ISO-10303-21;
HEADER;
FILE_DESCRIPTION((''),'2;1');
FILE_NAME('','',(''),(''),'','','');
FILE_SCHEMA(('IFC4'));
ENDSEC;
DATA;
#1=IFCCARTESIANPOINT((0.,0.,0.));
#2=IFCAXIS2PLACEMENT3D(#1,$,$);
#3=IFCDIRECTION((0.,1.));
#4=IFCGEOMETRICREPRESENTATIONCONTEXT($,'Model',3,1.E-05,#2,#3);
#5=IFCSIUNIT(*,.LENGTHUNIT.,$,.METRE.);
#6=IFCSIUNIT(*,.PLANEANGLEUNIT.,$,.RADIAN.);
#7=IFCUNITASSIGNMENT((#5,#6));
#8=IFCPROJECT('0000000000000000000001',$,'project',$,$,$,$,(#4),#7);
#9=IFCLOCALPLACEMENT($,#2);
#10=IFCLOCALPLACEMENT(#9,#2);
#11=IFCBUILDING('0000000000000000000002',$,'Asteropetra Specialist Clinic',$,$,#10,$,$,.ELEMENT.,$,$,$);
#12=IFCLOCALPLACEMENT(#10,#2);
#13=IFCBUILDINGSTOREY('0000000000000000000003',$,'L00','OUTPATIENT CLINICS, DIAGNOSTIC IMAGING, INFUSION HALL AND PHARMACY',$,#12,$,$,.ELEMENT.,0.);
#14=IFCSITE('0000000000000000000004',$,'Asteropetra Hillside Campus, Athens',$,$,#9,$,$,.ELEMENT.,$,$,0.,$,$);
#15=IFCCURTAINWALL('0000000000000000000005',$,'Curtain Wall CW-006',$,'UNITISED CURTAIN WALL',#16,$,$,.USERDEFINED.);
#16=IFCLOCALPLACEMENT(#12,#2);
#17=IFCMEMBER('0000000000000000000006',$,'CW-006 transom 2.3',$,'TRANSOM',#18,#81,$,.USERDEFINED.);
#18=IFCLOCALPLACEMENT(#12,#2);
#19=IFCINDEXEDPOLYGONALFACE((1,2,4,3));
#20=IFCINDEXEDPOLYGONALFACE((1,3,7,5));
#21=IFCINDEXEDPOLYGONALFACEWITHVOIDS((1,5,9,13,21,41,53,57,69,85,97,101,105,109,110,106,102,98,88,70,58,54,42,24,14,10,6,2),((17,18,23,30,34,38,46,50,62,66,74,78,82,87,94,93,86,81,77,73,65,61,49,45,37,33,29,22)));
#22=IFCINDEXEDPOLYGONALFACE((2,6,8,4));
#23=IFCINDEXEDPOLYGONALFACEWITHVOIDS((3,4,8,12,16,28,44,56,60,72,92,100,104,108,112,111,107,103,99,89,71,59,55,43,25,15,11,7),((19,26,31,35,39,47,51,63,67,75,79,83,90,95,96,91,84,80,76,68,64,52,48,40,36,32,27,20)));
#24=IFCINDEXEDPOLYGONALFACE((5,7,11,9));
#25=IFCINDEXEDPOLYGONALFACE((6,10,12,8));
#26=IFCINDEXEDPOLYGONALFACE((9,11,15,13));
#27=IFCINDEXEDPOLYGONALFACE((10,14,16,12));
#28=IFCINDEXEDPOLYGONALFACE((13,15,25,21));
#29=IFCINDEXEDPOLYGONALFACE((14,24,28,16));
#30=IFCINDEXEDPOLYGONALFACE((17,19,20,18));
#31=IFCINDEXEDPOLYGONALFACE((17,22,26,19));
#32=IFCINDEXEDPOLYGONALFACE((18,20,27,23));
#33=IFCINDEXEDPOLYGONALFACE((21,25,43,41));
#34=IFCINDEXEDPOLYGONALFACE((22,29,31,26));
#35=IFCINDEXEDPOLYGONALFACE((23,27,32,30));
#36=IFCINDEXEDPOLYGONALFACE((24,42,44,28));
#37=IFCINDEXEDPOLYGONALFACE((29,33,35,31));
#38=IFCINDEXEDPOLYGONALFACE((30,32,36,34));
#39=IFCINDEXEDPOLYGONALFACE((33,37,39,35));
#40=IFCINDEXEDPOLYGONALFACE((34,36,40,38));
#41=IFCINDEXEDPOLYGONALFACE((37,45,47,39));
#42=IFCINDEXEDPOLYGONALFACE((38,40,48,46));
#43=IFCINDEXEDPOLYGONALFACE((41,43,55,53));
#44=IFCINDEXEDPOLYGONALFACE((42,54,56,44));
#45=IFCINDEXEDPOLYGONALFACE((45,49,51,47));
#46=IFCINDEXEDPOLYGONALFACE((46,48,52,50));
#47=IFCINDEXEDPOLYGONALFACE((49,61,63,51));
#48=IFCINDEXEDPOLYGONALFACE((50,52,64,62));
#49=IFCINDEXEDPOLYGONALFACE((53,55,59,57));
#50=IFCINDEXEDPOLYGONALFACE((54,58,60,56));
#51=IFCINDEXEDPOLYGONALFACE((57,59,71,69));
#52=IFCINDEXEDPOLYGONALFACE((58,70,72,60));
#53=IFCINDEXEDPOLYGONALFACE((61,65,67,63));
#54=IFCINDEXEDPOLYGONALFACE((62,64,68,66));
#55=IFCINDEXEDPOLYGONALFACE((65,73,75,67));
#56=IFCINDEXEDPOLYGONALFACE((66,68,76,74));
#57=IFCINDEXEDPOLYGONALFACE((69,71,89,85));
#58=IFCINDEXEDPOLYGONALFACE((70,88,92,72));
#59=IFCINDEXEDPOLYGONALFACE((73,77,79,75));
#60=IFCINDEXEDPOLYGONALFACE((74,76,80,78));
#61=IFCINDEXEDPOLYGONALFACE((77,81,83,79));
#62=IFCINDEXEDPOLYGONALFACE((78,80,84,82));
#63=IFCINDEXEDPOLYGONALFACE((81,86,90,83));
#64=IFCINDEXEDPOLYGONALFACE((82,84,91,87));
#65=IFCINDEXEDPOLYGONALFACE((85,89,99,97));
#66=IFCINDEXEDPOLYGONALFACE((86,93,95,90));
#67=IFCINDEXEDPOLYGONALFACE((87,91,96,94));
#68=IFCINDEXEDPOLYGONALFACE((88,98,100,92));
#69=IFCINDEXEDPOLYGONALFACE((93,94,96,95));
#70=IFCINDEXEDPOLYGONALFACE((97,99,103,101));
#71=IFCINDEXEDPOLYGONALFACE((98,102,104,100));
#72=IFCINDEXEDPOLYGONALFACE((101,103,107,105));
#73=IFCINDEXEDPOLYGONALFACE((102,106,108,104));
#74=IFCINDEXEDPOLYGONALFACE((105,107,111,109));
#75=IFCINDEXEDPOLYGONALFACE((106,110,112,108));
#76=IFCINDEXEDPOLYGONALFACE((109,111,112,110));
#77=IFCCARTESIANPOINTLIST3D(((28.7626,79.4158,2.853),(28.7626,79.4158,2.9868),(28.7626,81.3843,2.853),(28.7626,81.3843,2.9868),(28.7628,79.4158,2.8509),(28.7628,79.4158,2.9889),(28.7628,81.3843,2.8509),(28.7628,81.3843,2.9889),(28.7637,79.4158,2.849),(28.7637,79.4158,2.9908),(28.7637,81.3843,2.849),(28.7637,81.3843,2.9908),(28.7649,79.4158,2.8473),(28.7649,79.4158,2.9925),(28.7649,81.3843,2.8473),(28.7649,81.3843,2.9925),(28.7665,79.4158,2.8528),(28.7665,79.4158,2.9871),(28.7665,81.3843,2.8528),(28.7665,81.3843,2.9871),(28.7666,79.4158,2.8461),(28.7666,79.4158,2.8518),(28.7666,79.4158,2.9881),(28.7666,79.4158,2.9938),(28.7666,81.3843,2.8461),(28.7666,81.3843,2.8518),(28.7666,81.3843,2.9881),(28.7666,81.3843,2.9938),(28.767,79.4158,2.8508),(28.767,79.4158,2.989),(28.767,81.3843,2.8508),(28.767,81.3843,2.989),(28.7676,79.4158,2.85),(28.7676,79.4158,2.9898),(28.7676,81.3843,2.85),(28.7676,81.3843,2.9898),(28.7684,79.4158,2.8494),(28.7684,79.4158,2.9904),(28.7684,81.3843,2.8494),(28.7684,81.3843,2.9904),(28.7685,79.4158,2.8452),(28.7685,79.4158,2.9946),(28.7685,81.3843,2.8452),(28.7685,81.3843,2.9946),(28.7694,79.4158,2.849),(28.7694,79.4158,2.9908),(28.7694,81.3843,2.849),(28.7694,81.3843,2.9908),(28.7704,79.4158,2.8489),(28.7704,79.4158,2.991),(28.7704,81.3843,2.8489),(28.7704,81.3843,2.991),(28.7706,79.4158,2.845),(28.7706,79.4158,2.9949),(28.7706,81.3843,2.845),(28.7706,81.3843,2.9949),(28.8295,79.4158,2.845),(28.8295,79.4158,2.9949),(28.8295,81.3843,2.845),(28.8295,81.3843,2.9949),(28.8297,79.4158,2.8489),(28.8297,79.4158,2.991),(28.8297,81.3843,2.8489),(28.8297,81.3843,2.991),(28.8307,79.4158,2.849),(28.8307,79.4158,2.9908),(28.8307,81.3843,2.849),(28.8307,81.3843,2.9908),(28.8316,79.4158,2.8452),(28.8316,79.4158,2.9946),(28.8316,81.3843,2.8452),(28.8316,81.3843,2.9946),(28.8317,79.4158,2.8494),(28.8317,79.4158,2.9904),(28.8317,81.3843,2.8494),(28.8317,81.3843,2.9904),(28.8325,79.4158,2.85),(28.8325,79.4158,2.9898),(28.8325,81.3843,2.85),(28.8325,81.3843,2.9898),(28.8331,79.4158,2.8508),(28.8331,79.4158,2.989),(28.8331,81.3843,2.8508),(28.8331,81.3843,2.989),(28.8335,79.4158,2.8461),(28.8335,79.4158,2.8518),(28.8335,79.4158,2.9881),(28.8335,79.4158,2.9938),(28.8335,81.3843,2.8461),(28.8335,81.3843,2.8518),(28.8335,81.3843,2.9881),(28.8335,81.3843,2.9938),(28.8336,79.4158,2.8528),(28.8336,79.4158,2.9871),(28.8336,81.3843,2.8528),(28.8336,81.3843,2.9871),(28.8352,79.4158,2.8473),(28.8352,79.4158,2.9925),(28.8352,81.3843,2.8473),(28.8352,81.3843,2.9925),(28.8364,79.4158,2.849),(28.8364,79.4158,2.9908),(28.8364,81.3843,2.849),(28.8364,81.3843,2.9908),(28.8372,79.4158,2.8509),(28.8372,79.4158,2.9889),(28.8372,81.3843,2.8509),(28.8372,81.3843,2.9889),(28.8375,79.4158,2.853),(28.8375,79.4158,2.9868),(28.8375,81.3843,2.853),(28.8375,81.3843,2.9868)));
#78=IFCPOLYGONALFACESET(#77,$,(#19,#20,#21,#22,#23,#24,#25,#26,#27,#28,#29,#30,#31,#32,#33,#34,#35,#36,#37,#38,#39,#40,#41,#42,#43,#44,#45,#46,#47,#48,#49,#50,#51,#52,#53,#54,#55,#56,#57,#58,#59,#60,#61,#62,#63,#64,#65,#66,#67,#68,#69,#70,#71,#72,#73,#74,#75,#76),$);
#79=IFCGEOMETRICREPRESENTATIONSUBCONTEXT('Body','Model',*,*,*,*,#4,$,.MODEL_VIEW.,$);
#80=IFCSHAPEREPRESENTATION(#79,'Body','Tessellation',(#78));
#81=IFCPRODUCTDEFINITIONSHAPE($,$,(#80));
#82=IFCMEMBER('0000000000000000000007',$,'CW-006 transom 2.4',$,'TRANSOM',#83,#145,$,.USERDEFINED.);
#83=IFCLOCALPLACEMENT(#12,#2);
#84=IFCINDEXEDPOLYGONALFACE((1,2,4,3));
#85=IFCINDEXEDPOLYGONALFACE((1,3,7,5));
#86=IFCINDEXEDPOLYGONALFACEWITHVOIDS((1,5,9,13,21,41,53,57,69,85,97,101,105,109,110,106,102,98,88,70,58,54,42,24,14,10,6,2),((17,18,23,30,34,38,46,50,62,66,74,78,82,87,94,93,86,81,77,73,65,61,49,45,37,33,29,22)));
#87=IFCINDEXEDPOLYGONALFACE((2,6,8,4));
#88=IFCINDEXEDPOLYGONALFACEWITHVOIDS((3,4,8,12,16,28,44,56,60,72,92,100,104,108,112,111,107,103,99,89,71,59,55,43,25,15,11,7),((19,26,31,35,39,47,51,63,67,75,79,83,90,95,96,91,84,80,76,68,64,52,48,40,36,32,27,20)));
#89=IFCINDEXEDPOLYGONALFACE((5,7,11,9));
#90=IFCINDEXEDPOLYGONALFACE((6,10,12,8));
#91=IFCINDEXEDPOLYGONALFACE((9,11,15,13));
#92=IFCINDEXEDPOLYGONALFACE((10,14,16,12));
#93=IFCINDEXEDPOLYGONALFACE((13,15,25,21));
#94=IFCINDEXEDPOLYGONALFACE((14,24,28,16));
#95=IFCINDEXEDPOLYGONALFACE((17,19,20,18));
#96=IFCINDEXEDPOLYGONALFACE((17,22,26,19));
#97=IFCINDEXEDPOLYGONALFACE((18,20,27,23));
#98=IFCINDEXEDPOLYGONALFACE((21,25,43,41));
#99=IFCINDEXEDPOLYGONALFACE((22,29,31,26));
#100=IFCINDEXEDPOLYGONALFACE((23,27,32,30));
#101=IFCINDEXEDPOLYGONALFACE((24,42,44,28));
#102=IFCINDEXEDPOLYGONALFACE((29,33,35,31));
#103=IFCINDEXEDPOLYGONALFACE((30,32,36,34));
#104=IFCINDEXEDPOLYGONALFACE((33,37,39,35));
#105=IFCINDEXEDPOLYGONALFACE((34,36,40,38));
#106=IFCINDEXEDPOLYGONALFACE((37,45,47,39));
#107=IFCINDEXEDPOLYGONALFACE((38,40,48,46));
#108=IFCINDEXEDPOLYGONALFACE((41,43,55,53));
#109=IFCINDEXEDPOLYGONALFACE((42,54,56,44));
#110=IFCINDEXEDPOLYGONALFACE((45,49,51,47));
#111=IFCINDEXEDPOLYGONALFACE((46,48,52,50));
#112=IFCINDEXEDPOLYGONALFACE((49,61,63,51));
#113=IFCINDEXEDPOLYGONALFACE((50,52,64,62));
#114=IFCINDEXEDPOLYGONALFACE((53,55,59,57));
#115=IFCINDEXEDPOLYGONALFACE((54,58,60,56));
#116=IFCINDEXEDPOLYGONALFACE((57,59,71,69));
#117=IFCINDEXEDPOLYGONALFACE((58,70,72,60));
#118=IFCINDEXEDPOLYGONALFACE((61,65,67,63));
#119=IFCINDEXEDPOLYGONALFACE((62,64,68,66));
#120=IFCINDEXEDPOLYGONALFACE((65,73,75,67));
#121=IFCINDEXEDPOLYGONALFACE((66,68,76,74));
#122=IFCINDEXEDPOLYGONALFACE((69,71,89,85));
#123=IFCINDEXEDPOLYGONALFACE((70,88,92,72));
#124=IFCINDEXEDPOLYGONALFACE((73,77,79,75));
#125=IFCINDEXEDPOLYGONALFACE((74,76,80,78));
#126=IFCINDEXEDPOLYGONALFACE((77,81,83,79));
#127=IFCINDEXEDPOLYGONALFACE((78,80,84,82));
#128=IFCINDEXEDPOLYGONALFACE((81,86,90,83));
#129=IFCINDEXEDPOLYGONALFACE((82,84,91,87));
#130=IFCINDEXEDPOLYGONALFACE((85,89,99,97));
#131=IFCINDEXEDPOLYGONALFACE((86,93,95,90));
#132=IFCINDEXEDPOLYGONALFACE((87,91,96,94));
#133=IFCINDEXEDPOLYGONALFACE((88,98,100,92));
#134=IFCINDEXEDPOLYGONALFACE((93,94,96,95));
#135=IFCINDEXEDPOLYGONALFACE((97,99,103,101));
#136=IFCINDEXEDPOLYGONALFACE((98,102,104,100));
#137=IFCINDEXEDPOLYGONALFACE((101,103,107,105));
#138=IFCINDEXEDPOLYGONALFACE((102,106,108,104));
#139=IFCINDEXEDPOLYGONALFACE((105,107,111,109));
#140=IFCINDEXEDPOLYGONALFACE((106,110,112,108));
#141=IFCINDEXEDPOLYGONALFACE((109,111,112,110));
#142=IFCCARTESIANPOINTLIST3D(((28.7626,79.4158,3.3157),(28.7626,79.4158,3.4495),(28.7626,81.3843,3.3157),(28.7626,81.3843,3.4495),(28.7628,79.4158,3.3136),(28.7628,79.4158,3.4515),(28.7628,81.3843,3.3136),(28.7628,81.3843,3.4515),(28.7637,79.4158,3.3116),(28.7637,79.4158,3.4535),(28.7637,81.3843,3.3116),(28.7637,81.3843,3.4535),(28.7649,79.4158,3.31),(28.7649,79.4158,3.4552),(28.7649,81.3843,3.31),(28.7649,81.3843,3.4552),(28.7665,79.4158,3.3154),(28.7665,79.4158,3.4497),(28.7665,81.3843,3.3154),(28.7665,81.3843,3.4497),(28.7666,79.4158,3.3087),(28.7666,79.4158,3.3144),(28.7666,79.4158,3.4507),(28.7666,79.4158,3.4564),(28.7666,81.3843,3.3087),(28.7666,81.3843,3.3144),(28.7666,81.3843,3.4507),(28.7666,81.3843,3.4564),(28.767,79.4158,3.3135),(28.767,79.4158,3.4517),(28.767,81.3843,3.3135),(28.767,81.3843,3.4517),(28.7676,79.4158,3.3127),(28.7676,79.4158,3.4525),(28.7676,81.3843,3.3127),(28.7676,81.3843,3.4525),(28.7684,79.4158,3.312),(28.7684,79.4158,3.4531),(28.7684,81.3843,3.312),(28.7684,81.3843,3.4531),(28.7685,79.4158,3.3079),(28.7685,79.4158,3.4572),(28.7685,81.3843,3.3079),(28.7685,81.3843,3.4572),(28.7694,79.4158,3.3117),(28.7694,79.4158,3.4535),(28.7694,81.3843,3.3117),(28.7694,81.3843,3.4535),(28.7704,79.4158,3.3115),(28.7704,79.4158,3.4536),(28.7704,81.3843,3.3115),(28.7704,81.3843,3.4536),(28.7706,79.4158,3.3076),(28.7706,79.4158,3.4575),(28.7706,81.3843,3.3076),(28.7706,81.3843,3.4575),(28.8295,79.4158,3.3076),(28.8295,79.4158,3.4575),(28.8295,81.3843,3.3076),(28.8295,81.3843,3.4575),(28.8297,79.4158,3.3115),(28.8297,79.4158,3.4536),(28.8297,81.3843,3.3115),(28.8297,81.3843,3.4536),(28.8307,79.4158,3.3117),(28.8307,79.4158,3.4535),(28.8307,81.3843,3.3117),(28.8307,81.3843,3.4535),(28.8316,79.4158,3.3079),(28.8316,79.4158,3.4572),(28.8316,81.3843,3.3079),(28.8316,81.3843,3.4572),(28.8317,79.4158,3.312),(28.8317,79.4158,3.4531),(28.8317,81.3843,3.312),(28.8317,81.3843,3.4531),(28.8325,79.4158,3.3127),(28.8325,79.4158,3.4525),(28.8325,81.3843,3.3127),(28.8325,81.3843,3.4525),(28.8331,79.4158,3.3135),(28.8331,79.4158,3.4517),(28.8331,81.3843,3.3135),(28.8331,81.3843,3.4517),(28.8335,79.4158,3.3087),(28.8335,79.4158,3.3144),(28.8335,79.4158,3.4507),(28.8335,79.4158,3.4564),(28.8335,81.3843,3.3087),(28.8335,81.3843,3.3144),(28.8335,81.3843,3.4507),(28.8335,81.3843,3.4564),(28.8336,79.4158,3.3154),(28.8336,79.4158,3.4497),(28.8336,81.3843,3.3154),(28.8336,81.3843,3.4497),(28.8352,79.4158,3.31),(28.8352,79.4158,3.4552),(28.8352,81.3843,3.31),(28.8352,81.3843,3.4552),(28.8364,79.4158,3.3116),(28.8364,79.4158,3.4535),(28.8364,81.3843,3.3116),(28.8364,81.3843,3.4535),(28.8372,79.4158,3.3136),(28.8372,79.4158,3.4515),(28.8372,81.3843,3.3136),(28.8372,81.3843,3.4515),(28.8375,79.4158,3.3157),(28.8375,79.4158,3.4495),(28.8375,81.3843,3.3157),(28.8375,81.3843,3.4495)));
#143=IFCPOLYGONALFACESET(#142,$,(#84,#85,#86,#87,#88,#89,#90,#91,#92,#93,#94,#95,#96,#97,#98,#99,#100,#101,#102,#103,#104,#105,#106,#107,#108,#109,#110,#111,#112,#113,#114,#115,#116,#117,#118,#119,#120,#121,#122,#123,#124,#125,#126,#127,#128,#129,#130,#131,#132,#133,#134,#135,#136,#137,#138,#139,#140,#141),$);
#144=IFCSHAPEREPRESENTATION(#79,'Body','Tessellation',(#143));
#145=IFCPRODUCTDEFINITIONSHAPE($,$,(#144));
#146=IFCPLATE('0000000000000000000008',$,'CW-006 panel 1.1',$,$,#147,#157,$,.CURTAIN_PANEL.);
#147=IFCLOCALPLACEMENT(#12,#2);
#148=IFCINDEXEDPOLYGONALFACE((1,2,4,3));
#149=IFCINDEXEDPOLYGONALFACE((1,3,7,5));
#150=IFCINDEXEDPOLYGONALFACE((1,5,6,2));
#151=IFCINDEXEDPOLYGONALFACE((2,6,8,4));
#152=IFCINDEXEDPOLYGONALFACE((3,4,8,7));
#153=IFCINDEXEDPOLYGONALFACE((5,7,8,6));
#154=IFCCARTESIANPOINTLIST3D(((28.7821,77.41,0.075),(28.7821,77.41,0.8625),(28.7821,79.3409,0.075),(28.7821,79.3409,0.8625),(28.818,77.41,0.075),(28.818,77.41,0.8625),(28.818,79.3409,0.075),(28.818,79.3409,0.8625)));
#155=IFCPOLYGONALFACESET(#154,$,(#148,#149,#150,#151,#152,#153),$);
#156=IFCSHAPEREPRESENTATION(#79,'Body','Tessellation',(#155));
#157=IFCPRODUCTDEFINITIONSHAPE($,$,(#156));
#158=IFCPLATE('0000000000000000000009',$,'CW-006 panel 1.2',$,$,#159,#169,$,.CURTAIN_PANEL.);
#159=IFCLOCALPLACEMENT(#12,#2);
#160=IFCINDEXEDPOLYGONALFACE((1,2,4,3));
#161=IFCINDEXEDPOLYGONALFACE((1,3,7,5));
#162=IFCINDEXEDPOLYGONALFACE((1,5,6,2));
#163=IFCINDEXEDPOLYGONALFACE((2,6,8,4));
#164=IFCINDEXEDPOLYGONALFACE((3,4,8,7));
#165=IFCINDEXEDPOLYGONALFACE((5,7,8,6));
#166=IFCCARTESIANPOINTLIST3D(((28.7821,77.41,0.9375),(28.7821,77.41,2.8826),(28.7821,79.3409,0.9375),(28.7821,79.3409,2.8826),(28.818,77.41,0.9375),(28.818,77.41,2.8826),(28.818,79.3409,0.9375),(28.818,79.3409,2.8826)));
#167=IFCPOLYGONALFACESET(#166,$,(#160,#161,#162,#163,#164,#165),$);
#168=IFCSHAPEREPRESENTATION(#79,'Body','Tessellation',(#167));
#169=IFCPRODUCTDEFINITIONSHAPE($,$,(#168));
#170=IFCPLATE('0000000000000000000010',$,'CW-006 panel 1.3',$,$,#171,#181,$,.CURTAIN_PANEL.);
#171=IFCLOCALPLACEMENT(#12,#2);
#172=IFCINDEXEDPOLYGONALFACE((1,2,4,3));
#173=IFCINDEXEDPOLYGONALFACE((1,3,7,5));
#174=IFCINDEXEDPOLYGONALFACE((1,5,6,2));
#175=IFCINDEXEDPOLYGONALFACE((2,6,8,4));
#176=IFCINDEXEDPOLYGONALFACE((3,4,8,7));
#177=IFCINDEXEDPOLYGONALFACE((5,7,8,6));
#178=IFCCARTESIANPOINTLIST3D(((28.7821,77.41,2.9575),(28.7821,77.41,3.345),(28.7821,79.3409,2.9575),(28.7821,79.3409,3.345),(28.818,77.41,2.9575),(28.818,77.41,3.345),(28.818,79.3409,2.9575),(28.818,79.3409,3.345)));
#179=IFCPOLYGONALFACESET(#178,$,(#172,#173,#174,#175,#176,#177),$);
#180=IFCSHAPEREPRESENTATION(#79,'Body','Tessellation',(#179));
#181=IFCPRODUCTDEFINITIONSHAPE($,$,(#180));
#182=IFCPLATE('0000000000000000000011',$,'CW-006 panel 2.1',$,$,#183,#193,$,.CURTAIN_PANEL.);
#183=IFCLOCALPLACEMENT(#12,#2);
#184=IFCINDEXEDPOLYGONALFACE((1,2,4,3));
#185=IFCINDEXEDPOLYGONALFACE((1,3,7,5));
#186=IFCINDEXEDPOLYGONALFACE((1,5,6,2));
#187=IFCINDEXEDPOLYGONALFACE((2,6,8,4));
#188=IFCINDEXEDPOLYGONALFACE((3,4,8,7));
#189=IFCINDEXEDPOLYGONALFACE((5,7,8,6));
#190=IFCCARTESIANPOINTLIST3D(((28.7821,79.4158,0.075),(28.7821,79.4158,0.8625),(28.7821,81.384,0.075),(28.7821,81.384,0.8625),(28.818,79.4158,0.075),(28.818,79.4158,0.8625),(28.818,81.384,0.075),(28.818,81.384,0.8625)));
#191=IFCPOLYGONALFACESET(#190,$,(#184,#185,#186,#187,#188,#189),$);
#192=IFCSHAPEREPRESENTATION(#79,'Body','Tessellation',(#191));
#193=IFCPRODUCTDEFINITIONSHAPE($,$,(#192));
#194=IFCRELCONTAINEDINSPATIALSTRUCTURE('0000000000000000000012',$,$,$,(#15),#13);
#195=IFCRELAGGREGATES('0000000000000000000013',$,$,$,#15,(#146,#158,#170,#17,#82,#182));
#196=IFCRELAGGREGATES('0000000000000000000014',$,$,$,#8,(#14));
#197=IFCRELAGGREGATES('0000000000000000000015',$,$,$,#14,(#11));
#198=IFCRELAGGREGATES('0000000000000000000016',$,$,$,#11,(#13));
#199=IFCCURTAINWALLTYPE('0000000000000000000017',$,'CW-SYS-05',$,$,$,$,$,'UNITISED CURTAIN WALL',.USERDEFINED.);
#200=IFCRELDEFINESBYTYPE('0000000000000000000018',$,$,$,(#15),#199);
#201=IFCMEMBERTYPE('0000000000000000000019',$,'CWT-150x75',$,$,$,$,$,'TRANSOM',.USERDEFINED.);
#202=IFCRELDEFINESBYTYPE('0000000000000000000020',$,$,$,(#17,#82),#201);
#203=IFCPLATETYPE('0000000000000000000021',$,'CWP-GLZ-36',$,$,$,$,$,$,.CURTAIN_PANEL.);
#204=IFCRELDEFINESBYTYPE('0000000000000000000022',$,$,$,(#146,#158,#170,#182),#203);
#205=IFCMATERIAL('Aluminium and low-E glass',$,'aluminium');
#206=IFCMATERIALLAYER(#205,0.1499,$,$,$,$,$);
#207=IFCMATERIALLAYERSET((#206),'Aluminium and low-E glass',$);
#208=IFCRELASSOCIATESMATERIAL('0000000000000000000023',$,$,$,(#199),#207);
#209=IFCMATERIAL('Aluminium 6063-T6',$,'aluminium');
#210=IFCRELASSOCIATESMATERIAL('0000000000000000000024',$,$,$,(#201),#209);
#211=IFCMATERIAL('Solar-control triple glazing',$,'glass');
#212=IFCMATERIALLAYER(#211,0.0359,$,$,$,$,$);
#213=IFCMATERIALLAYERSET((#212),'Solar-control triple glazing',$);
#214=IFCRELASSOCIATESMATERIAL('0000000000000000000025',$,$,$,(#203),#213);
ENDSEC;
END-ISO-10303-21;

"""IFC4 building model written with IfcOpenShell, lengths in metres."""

from ifc_helpers import new_model, si_unit, direction, frame, origin, origin_2d, place, context, subcontext, project, spatial, rectangle, hollow_rectangle, extrude, material, layer, layer_set, material_profile, profile_set, type_object, element, aggregate, save


model = new_model("IFC4")

# Units and contexts
model_context = context("Model", 3, precision=1e-05, world=origin(), true_north=direction((0.0, 1.0)))
body_context = subcontext(model_context, "Body", "Model", "MODEL_VIEW")
ifc_project = project(units=[si_unit("LENGTHUNIT", "METRE"), si_unit("PLANEANGLEUNIT", "RADIAN")], contexts=[model_context])

# Site, building, storey
site_placement = place(None, origin())
site = spatial("IfcSite", under=ifc_project, at=site_placement, Name="Asteropetra Hillside Campus, Athens", CompositionType="ELEMENT", RefElevation=0.0)
building_placement = place(site_placement, origin())
building = spatial("IfcBuilding", under=site, at=building_placement, Name="Asteropetra Specialist Clinic", CompositionType="ELEMENT")
storey_placement = place(building_placement, origin())
storey = spatial("IfcBuildingStorey", under=building, at=storey_placement, Name="L00", Description="OUTPATIENT CLINICS, DIAGNOSTIC IMAGING, INFUSION HALL AND PHARMACY", CompositionType="ELEMENT", Elevation=0.0)

# Curtain wall, members, plates
ifc_material_1 = material(Name="Aluminium and low-E glass", Category="aluminium")
ifc_layer_1 = layer(ifc_material_1, 0.1499)
ifc_layer_set_1 = layer_set([ifc_layer_1], Name="Aluminium and low-E glass")
curtain_wall_type_1 = type_object("IfcCurtainWallType", Name="CW-SYS-05", ElementType="UNITISED CURTAIN WALL", PredefinedType="USERDEFINED", material=ifc_layer_set_1)
curtain_wall_1_placement = place(storey_placement, origin())
curtain_wall_1 = element("IfcCurtainWall", 1, at=curtain_wall_1_placement, inside=storey, type_object=curtain_wall_type_1, Name="Curtain Wall CW-006", ObjectType="UNITISED CURTAIN WALL", PredefinedType="USERDEFINED")
ifc_material_2 = material(Name="Aluminium 6063-T6", Category="aluminium")
ifc_material_profile_1 = material_profile(ifc_material_2, hollow_rectangle(XDim=0.075, YDim=0.1499, WallThickness=0.0039, InnerFilletRadius=0.0039, OuterFilletRadius=0.0081, at=origin_2d()), Name="TRN 150x75x4.0")
ifc_profile_set_1 = profile_set([ifc_material_profile_1], Name="Aluminium 6063-T6")
member_type_1 = type_object("IfcMemberType", Name="CWT-150x75", ElementType="TRANSOM", PredefinedType="USERDEFINED", material=ifc_profile_set_1)
member_1_placement = place(storey_placement, frame((28.8, 79.4158, 2.9199), z_axis=(0.0, 1.0, 0.0), x_axis=(-1.0, 0.0, 0.0)))
member_1 = element("IfcMember", 2, at=member_1_placement, type_object=member_type_1, Name="CW-006 transom 2.3", ObjectType="TRANSOM", PredefinedType="USERDEFINED", context=body_context, shape_type="SweptSolid", body=[
    extrude(hollow_rectangle(XDim=0.075, YDim=0.1499, WallThickness=0.0039, InnerFilletRadius=0.0039, OuterFilletRadius=0.0081, at=origin_2d()), origin(), (0.0, 0.0, 1.0), 1.9685),
])
member_2_placement = place(storey_placement, frame((28.8, 79.4158, 3.3826), z_axis=(0.0, 1.0, 0.0), x_axis=(-1.0, 0.0, 0.0)))
member_2 = element("IfcMember", 3, at=member_2_placement, type_object=member_type_1, Name="CW-006 transom 2.4", ObjectType="TRANSOM", PredefinedType="USERDEFINED", context=body_context, shape_type="SweptSolid", body=[
    extrude(hollow_rectangle(XDim=0.075, YDim=0.1499, WallThickness=0.0039, InnerFilletRadius=0.0039, OuterFilletRadius=0.0081, at=origin_2d()), origin(), (0.0, 0.0, 1.0), 1.9685),
])
ifc_material_3 = material(Name="Solar-control triple glazing", Category="glass")
ifc_layer_2 = layer(ifc_material_3, 0.0359)
ifc_layer_set_2 = layer_set([ifc_layer_2], Name="Solar-control triple glazing")
plate_type = type_object("IfcPlateType", Name="CWP-GLZ-36", PredefinedType="CURTAIN_PANEL", material=ifc_layer_set_2)
plate_1_placement = place(storey_placement, frame((28.8, 78.3755, 0.075), z_axis=(0.0, 0.0, 1.0), x_axis=(0.0, 1.0, 0.0)))
plate_1 = element("IfcPlate", 4, at=plate_1_placement, type_object=plate_type, Name="CW-006 panel 1.1", PredefinedType="CURTAIN_PANEL", context=body_context, shape_type="SweptSolid", body=[
    extrude(rectangle(XDim=1.9309, YDim=0.0359, at=origin_2d()), origin(), (0.0, 0.0, 1.0), 0.7876),
])
plate_2_placement = place(storey_placement, frame((28.8, 78.3755, 0.9375), z_axis=(0.0, 0.0, 1.0), x_axis=(0.0, 1.0, 0.0)))
plate_2 = element("IfcPlate", 5, at=plate_2_placement, type_object=plate_type, Name="CW-006 panel 1.2", PredefinedType="CURTAIN_PANEL", context=body_context, shape_type="SweptSolid", body=[
    extrude(rectangle(XDim=1.9309, YDim=0.0359, at=origin_2d()), origin(), (0.0, 0.0, 1.0), 1.9451),
])
plate_3_placement = place(storey_placement, frame((28.8, 78.3755, 2.9575), z_axis=(0.0, 0.0, 1.0), x_axis=(0.0, 1.0, 0.0)))
plate_3 = element("IfcPlate", 6, at=plate_3_placement, type_object=plate_type, Name="CW-006 panel 1.3", PredefinedType="CURTAIN_PANEL", context=body_context, shape_type="SweptSolid", body=[
    extrude(rectangle(XDim=1.9309, YDim=0.0359, at=origin_2d()), origin(), (0.0, 0.0, 1.0), 0.3875),
])
plate_4_placement = place(storey_placement, frame((28.8, 80.3999, 0.075), z_axis=(0.0, 0.0, 1.0), x_axis=(0.0, 1.0, 0.0)))
plate_4 = element("IfcPlate", 7, at=plate_4_placement, type_object=plate_type, Name="CW-006 panel 2.1", PredefinedType="CURTAIN_PANEL", context=body_context, shape_type="SweptSolid", body=[
    extrude(rectangle(XDim=1.9683, YDim=0.0359, at=origin_2d()), origin(), (0.0, 0.0, 1.0), 0.7876),
])
aggregate(curtain_wall_1, [plate_1, plate_2, plate_3, member_1, member_2, plate_4])

save(model, "model.ifc")
